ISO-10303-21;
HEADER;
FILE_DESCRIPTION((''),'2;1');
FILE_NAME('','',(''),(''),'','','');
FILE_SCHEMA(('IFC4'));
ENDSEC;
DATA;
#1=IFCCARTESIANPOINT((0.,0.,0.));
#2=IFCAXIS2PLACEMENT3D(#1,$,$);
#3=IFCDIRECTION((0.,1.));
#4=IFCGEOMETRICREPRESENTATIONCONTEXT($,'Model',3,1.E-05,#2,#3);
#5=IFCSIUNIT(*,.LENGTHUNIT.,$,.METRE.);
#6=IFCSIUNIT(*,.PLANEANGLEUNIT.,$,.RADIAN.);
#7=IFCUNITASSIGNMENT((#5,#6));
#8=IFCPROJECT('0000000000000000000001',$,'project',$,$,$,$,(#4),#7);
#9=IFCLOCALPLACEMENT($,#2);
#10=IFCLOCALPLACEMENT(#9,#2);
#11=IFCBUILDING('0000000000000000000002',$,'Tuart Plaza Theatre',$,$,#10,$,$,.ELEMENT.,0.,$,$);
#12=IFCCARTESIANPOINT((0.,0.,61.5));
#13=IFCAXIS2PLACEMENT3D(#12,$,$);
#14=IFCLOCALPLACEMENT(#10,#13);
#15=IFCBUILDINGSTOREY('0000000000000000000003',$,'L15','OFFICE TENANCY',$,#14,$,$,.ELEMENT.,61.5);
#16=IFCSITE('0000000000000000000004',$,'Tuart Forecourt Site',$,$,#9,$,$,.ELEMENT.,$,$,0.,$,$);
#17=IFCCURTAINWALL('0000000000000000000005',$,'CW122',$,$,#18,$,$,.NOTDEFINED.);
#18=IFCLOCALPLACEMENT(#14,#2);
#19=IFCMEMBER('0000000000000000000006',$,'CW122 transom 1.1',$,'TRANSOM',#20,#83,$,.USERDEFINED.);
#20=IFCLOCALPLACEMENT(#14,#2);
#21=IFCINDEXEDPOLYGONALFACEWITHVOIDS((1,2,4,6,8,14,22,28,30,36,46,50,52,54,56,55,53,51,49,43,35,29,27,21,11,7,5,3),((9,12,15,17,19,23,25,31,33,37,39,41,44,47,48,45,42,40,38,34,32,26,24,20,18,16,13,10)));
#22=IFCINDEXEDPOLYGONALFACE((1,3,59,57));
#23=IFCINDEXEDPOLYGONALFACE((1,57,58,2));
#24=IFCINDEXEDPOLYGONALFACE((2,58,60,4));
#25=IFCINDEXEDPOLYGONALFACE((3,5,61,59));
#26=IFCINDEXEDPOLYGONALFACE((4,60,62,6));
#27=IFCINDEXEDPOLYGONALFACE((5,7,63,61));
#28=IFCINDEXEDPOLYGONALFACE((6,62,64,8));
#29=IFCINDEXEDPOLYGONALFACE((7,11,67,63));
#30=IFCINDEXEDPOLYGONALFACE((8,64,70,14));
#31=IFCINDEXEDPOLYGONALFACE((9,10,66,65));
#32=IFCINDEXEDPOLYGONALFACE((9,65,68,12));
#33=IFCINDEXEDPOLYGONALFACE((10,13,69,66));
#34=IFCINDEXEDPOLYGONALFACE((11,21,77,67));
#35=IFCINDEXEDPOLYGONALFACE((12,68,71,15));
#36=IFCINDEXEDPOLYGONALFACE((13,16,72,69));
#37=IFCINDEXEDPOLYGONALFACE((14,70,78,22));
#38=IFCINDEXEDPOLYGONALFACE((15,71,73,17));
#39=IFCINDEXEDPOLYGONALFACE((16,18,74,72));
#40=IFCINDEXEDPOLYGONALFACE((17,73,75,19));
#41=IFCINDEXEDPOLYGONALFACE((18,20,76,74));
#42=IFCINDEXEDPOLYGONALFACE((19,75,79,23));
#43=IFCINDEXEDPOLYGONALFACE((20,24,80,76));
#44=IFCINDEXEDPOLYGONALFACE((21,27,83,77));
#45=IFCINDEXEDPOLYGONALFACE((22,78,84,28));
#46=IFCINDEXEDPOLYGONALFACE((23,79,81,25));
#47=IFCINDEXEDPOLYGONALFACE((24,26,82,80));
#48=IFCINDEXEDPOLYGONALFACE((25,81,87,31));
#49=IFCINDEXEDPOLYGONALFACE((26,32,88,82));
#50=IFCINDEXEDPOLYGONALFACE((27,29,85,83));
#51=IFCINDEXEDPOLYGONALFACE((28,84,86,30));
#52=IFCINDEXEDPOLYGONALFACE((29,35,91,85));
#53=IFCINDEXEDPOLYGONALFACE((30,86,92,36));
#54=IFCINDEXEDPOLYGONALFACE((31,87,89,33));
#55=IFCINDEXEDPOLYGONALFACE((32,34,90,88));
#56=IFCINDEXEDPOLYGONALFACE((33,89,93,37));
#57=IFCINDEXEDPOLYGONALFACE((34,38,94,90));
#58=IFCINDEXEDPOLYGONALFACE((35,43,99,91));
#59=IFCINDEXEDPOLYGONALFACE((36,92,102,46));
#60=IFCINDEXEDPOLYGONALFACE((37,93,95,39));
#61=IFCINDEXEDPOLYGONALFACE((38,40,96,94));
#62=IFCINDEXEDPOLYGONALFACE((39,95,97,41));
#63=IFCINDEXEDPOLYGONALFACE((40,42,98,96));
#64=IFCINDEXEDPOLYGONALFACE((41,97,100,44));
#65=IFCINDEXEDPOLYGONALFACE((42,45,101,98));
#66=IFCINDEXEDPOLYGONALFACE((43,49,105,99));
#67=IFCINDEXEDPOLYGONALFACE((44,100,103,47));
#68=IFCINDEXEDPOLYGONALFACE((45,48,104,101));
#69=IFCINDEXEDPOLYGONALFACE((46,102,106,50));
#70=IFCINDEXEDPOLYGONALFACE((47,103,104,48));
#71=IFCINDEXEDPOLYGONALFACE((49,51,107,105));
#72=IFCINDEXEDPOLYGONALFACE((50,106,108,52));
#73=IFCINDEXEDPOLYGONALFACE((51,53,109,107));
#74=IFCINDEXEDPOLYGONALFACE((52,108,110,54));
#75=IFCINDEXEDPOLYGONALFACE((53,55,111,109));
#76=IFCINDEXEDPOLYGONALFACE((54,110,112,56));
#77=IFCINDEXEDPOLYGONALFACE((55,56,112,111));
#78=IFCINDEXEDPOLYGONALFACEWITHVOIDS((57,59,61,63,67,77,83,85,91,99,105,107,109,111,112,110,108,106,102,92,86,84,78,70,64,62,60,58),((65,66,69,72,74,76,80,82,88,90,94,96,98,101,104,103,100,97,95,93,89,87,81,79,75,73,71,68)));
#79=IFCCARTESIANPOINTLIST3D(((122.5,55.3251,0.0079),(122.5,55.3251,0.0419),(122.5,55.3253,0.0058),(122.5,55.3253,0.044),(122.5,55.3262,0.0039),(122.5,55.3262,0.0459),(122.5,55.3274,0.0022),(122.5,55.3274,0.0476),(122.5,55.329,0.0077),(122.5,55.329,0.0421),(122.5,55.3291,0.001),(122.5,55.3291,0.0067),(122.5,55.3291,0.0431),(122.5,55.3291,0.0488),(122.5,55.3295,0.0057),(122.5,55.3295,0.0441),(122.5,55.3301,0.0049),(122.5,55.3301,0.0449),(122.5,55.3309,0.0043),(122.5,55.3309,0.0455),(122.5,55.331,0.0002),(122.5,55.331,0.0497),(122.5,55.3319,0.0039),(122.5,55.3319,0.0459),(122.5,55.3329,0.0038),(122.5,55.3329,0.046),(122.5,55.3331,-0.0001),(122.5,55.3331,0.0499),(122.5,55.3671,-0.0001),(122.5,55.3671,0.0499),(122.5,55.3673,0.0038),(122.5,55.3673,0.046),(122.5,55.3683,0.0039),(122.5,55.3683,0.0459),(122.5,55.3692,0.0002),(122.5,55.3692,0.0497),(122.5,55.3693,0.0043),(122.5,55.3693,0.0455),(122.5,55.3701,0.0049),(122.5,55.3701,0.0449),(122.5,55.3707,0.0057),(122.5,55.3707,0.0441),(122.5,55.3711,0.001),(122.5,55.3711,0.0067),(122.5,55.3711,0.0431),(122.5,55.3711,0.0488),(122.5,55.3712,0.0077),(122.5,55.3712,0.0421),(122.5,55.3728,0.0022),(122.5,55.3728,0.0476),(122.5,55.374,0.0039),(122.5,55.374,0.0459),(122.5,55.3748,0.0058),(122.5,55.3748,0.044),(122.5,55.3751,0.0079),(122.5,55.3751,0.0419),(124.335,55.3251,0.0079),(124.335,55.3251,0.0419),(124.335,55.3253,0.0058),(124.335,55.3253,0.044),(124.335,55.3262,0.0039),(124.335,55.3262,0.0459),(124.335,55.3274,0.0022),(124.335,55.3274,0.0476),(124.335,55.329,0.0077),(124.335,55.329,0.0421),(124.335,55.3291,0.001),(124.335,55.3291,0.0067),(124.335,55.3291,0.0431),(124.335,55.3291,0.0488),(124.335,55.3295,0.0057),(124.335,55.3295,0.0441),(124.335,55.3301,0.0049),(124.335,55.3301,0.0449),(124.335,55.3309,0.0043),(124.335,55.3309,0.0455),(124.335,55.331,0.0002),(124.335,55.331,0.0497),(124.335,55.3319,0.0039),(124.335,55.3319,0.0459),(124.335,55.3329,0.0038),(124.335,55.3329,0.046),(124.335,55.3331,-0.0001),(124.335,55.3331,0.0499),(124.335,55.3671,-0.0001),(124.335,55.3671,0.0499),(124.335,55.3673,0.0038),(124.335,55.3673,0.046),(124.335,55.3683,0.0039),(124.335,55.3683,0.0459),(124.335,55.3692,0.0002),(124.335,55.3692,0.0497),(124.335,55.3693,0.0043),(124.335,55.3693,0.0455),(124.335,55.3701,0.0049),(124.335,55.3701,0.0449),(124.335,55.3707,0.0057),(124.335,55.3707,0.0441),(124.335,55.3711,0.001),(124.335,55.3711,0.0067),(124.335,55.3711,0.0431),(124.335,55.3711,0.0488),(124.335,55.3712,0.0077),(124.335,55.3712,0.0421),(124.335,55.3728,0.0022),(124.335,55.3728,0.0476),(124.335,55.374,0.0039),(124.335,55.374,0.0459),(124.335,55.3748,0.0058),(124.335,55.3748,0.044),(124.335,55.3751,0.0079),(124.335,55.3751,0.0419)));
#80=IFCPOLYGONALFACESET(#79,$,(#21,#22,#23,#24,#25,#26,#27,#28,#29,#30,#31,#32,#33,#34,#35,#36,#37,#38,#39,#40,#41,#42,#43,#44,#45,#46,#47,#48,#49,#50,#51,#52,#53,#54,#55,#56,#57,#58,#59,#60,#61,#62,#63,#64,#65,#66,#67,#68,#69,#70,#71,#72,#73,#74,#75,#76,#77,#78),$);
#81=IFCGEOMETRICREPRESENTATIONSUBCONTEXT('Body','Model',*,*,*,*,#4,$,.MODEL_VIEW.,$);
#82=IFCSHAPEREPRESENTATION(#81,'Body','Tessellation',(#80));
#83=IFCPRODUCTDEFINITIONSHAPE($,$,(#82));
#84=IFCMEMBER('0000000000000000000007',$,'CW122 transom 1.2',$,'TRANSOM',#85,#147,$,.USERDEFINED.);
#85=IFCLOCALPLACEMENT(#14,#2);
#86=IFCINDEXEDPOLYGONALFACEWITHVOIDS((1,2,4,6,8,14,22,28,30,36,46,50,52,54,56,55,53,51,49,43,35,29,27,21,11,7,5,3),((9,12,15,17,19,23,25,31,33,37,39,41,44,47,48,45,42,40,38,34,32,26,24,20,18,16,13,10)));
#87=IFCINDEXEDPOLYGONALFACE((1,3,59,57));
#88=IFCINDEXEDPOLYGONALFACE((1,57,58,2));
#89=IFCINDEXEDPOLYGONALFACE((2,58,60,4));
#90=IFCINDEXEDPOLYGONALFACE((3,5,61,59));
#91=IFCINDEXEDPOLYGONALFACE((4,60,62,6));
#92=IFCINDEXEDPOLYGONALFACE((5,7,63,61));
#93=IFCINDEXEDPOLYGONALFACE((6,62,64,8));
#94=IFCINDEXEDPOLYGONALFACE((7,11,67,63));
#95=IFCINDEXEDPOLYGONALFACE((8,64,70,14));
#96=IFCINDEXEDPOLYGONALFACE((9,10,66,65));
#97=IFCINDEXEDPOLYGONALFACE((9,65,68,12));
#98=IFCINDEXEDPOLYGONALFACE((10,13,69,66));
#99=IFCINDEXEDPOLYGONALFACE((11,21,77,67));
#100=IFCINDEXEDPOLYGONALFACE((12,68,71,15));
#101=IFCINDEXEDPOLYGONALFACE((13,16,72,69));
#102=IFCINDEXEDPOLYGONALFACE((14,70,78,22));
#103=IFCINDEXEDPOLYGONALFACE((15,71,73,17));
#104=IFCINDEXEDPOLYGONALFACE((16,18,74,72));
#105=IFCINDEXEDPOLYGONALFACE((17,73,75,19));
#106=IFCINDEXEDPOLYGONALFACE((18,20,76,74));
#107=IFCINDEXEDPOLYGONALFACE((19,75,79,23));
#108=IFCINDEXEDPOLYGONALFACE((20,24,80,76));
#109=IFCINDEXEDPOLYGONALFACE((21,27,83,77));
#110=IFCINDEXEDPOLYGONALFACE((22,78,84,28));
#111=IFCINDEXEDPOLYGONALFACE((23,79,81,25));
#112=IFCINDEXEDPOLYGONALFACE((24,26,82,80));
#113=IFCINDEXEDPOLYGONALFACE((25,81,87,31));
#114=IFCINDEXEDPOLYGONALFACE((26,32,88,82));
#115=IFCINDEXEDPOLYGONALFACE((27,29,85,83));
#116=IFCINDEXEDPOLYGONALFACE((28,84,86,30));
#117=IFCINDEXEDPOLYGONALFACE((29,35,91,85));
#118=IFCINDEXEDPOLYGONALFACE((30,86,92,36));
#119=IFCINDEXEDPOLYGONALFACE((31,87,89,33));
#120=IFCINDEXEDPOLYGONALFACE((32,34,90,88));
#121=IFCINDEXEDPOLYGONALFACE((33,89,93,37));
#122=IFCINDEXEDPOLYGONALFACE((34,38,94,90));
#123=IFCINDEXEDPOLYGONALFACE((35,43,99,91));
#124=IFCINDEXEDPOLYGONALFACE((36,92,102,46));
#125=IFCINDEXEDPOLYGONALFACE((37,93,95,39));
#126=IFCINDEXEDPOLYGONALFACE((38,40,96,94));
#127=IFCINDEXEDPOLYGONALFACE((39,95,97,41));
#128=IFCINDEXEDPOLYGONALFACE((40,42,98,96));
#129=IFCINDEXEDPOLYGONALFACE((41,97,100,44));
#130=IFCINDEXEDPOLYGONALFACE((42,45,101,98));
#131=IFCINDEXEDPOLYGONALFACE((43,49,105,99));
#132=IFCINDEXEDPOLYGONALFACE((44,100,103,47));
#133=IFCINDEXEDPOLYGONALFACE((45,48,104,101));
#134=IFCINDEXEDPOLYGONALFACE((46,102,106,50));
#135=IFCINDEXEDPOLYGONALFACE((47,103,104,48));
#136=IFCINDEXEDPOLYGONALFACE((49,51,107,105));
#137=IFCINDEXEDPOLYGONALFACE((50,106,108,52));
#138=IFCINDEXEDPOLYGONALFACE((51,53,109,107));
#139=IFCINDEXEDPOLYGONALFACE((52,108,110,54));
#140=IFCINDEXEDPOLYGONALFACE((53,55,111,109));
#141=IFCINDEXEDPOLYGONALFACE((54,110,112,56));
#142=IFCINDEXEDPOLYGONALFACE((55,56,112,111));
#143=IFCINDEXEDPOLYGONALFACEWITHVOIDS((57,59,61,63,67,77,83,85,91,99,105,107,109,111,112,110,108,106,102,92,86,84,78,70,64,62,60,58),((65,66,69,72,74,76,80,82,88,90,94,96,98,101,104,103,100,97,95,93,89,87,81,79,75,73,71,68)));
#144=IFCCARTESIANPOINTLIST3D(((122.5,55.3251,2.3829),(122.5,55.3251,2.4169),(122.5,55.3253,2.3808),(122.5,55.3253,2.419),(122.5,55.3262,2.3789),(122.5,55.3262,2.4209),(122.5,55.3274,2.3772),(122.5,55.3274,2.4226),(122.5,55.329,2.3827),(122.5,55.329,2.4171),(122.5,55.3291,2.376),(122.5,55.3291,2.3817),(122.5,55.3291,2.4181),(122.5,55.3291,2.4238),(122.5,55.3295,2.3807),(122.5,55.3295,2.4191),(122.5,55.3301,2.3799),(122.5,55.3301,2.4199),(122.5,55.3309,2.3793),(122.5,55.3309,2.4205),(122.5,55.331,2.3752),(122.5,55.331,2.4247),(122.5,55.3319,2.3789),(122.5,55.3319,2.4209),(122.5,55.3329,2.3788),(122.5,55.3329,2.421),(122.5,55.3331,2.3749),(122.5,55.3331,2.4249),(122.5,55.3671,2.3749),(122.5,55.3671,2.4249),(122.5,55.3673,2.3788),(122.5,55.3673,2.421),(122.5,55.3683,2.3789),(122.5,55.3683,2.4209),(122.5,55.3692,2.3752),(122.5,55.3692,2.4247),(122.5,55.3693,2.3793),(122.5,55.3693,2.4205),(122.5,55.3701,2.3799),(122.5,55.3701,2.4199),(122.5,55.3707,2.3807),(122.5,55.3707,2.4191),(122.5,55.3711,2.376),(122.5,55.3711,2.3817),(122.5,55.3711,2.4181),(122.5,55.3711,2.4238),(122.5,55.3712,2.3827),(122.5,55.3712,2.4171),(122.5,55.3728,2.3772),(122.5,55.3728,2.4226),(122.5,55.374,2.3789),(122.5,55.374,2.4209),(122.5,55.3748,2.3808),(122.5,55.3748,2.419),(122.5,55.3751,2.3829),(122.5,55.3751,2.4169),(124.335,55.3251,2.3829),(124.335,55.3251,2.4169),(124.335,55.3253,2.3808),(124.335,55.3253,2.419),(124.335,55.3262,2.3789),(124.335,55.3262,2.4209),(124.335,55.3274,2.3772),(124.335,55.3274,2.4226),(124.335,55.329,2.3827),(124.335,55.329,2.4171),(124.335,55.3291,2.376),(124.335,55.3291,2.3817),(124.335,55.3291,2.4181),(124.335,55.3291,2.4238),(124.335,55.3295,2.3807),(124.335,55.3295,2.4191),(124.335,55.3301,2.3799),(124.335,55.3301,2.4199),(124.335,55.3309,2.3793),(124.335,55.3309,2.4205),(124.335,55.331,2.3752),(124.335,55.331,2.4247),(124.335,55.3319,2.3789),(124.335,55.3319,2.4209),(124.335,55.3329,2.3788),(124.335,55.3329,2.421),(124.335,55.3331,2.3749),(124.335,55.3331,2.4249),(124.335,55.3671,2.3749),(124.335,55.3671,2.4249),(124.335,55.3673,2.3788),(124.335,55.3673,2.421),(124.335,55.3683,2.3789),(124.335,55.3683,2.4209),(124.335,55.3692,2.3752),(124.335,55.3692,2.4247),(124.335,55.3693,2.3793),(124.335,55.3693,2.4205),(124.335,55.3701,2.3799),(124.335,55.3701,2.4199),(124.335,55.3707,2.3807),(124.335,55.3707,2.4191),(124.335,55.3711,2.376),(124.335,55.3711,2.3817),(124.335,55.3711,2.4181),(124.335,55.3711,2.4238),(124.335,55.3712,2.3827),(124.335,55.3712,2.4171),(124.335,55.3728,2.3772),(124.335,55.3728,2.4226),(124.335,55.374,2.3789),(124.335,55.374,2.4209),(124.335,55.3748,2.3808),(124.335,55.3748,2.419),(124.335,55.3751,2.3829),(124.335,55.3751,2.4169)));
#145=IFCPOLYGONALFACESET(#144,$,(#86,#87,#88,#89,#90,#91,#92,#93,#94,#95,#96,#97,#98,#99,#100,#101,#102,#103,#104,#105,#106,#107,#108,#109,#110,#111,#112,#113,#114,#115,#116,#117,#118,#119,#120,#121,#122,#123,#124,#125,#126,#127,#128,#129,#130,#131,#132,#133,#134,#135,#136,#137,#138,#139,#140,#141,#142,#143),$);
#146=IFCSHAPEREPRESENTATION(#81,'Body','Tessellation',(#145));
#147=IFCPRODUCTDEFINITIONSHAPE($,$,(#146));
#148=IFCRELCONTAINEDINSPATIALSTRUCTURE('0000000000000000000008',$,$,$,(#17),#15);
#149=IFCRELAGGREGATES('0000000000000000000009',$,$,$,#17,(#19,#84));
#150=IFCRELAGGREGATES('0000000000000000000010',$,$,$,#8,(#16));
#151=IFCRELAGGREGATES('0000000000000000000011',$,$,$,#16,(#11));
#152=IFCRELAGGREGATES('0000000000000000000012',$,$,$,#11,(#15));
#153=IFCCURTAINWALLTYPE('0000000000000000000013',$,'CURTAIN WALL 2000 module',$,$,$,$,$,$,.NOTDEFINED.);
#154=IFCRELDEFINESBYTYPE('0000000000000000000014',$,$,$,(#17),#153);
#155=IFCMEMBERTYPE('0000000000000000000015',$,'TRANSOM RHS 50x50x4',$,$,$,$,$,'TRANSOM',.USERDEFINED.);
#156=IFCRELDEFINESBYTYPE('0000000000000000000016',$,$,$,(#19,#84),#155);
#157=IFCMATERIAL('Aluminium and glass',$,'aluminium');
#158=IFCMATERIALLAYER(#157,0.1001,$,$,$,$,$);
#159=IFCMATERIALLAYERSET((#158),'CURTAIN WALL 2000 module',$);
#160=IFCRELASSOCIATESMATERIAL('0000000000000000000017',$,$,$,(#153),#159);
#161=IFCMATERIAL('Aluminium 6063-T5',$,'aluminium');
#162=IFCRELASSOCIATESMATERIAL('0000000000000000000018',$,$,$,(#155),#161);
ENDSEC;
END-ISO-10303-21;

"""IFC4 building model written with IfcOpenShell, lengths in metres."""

from ifc_helpers import new_model, si_unit, direction, frame, origin, origin_2d, place, context, subcontext, project, spatial, hollow_rectangle, extrude, material, layer, layer_set, material_profile, profile_set, type_object, element, aggregate, save


model = new_model("IFC4")

# Units and contexts
model_context = context("Model", 3, precision=1e-05, world=origin(), true_north=direction((0.0, 1.0)))
body_context = subcontext(model_context, "Body", "Model", "MODEL_VIEW")
ifc_project = project(units=[si_unit("LENGTHUNIT", "METRE"), si_unit("PLANEANGLEUNIT", "RADIAN")], contexts=[model_context])

# Site, building, storey
site_placement = place(None, origin())
site = spatial("IfcSite", under=ifc_project, at=site_placement, Name="Tuart Forecourt Site", CompositionType="ELEMENT", RefElevation=0.0)
building_placement = place(site_placement, origin())
building = spatial("IfcBuilding", under=site, at=building_placement, Name="Tuart Plaza Theatre", CompositionType="ELEMENT", ElevationOfRefHeight=0.0)
storey_placement = place(building_placement, frame((0.0, 0.0, 61.5)))
storey = spatial("IfcBuildingStorey", under=building, at=storey_placement, Name="L15", Description="OFFICE TENANCY", CompositionType="ELEMENT", Elevation=61.5)

# Shared definitions
ifc_material_1 = material(Name="Aluminium and glass", Category="aluminium")
ifc_layer_1 = layer(ifc_material_1, 0.1001)
ifc_layer_set_1 = layer_set([ifc_layer_1], Name="CURTAIN WALL 2000 module")
curtain_wall_type = type_object("IfcCurtainWallType", Name="CURTAIN WALL 2000 module", PredefinedType="NOTDEFINED", material=ifc_layer_set_1)

# Curtain wall
curtain_wall_1_placement = place(storey_placement, origin())
curtain_wall_1 = element("IfcCurtainWall", 1, at=curtain_wall_1_placement, inside=storey, type_object=curtain_wall_type, Name="CW122", PredefinedType="NOTDEFINED")

# Members
ifc_material_2 = material(Name="Aluminium 6063-T5", Category="aluminium")
ifc_material_profile_1 = material_profile(ifc_material_2, hollow_rectangle(XDim=0.05, YDim=0.05, WallThickness=0.0039, InnerFilletRadius=0.0039, OuterFilletRadius=0.0081, at=origin_2d()), Name="RHS 50x50x4")
ifc_profile_set_1 = profile_set([ifc_material_profile_1], Name="Aluminium 6063-T5")
member_type_1 = type_object("IfcMemberType", Name="TRANSOM RHS 50x50x4", ElementType="TRANSOM", PredefinedType="USERDEFINED", material=ifc_profile_set_1)
member_1_placement = place(storey_placement, frame((122.5, 55.3501, 0.0249), z_axis=(1.0, 0.0, 0.0), x_axis=(0.0, 1.0, 0.0)))
member_1 = element("IfcMember", 2, at=member_1_placement, type_object=member_type_1, Name="CW122 transom 1.1", ObjectType="TRANSOM", PredefinedType="USERDEFINED", context=body_context, shape_type="SweptSolid", body=[
    extrude(hollow_rectangle(XDim=0.05, YDim=0.05, WallThickness=0.0039, InnerFilletRadius=0.0039, OuterFilletRadius=0.0081, at=origin_2d()), origin(), (0.0, 0.0, 1.0), 1.835),
])
member_2_placement = place(storey_placement, frame((122.5, 55.3501, 2.3999), z_axis=(1.0, 0.0, 0.0), x_axis=(0.0, 1.0, 0.0)))
member_2 = element("IfcMember", 3, at=member_2_placement, type_object=member_type_1, Name="CW122 transom 1.2", ObjectType="TRANSOM", PredefinedType="USERDEFINED", context=body_context, shape_type="SweptSolid", body=[
    extrude(hollow_rectangle(XDim=0.05, YDim=0.05, WallThickness=0.0039, InnerFilletRadius=0.0039, OuterFilletRadius=0.0081, at=origin_2d()), origin(), (0.0, 0.0, 1.0), 1.835),
])

aggregate(curtain_wall_1, [member_1, member_2])

save(model, "model.ifc")
